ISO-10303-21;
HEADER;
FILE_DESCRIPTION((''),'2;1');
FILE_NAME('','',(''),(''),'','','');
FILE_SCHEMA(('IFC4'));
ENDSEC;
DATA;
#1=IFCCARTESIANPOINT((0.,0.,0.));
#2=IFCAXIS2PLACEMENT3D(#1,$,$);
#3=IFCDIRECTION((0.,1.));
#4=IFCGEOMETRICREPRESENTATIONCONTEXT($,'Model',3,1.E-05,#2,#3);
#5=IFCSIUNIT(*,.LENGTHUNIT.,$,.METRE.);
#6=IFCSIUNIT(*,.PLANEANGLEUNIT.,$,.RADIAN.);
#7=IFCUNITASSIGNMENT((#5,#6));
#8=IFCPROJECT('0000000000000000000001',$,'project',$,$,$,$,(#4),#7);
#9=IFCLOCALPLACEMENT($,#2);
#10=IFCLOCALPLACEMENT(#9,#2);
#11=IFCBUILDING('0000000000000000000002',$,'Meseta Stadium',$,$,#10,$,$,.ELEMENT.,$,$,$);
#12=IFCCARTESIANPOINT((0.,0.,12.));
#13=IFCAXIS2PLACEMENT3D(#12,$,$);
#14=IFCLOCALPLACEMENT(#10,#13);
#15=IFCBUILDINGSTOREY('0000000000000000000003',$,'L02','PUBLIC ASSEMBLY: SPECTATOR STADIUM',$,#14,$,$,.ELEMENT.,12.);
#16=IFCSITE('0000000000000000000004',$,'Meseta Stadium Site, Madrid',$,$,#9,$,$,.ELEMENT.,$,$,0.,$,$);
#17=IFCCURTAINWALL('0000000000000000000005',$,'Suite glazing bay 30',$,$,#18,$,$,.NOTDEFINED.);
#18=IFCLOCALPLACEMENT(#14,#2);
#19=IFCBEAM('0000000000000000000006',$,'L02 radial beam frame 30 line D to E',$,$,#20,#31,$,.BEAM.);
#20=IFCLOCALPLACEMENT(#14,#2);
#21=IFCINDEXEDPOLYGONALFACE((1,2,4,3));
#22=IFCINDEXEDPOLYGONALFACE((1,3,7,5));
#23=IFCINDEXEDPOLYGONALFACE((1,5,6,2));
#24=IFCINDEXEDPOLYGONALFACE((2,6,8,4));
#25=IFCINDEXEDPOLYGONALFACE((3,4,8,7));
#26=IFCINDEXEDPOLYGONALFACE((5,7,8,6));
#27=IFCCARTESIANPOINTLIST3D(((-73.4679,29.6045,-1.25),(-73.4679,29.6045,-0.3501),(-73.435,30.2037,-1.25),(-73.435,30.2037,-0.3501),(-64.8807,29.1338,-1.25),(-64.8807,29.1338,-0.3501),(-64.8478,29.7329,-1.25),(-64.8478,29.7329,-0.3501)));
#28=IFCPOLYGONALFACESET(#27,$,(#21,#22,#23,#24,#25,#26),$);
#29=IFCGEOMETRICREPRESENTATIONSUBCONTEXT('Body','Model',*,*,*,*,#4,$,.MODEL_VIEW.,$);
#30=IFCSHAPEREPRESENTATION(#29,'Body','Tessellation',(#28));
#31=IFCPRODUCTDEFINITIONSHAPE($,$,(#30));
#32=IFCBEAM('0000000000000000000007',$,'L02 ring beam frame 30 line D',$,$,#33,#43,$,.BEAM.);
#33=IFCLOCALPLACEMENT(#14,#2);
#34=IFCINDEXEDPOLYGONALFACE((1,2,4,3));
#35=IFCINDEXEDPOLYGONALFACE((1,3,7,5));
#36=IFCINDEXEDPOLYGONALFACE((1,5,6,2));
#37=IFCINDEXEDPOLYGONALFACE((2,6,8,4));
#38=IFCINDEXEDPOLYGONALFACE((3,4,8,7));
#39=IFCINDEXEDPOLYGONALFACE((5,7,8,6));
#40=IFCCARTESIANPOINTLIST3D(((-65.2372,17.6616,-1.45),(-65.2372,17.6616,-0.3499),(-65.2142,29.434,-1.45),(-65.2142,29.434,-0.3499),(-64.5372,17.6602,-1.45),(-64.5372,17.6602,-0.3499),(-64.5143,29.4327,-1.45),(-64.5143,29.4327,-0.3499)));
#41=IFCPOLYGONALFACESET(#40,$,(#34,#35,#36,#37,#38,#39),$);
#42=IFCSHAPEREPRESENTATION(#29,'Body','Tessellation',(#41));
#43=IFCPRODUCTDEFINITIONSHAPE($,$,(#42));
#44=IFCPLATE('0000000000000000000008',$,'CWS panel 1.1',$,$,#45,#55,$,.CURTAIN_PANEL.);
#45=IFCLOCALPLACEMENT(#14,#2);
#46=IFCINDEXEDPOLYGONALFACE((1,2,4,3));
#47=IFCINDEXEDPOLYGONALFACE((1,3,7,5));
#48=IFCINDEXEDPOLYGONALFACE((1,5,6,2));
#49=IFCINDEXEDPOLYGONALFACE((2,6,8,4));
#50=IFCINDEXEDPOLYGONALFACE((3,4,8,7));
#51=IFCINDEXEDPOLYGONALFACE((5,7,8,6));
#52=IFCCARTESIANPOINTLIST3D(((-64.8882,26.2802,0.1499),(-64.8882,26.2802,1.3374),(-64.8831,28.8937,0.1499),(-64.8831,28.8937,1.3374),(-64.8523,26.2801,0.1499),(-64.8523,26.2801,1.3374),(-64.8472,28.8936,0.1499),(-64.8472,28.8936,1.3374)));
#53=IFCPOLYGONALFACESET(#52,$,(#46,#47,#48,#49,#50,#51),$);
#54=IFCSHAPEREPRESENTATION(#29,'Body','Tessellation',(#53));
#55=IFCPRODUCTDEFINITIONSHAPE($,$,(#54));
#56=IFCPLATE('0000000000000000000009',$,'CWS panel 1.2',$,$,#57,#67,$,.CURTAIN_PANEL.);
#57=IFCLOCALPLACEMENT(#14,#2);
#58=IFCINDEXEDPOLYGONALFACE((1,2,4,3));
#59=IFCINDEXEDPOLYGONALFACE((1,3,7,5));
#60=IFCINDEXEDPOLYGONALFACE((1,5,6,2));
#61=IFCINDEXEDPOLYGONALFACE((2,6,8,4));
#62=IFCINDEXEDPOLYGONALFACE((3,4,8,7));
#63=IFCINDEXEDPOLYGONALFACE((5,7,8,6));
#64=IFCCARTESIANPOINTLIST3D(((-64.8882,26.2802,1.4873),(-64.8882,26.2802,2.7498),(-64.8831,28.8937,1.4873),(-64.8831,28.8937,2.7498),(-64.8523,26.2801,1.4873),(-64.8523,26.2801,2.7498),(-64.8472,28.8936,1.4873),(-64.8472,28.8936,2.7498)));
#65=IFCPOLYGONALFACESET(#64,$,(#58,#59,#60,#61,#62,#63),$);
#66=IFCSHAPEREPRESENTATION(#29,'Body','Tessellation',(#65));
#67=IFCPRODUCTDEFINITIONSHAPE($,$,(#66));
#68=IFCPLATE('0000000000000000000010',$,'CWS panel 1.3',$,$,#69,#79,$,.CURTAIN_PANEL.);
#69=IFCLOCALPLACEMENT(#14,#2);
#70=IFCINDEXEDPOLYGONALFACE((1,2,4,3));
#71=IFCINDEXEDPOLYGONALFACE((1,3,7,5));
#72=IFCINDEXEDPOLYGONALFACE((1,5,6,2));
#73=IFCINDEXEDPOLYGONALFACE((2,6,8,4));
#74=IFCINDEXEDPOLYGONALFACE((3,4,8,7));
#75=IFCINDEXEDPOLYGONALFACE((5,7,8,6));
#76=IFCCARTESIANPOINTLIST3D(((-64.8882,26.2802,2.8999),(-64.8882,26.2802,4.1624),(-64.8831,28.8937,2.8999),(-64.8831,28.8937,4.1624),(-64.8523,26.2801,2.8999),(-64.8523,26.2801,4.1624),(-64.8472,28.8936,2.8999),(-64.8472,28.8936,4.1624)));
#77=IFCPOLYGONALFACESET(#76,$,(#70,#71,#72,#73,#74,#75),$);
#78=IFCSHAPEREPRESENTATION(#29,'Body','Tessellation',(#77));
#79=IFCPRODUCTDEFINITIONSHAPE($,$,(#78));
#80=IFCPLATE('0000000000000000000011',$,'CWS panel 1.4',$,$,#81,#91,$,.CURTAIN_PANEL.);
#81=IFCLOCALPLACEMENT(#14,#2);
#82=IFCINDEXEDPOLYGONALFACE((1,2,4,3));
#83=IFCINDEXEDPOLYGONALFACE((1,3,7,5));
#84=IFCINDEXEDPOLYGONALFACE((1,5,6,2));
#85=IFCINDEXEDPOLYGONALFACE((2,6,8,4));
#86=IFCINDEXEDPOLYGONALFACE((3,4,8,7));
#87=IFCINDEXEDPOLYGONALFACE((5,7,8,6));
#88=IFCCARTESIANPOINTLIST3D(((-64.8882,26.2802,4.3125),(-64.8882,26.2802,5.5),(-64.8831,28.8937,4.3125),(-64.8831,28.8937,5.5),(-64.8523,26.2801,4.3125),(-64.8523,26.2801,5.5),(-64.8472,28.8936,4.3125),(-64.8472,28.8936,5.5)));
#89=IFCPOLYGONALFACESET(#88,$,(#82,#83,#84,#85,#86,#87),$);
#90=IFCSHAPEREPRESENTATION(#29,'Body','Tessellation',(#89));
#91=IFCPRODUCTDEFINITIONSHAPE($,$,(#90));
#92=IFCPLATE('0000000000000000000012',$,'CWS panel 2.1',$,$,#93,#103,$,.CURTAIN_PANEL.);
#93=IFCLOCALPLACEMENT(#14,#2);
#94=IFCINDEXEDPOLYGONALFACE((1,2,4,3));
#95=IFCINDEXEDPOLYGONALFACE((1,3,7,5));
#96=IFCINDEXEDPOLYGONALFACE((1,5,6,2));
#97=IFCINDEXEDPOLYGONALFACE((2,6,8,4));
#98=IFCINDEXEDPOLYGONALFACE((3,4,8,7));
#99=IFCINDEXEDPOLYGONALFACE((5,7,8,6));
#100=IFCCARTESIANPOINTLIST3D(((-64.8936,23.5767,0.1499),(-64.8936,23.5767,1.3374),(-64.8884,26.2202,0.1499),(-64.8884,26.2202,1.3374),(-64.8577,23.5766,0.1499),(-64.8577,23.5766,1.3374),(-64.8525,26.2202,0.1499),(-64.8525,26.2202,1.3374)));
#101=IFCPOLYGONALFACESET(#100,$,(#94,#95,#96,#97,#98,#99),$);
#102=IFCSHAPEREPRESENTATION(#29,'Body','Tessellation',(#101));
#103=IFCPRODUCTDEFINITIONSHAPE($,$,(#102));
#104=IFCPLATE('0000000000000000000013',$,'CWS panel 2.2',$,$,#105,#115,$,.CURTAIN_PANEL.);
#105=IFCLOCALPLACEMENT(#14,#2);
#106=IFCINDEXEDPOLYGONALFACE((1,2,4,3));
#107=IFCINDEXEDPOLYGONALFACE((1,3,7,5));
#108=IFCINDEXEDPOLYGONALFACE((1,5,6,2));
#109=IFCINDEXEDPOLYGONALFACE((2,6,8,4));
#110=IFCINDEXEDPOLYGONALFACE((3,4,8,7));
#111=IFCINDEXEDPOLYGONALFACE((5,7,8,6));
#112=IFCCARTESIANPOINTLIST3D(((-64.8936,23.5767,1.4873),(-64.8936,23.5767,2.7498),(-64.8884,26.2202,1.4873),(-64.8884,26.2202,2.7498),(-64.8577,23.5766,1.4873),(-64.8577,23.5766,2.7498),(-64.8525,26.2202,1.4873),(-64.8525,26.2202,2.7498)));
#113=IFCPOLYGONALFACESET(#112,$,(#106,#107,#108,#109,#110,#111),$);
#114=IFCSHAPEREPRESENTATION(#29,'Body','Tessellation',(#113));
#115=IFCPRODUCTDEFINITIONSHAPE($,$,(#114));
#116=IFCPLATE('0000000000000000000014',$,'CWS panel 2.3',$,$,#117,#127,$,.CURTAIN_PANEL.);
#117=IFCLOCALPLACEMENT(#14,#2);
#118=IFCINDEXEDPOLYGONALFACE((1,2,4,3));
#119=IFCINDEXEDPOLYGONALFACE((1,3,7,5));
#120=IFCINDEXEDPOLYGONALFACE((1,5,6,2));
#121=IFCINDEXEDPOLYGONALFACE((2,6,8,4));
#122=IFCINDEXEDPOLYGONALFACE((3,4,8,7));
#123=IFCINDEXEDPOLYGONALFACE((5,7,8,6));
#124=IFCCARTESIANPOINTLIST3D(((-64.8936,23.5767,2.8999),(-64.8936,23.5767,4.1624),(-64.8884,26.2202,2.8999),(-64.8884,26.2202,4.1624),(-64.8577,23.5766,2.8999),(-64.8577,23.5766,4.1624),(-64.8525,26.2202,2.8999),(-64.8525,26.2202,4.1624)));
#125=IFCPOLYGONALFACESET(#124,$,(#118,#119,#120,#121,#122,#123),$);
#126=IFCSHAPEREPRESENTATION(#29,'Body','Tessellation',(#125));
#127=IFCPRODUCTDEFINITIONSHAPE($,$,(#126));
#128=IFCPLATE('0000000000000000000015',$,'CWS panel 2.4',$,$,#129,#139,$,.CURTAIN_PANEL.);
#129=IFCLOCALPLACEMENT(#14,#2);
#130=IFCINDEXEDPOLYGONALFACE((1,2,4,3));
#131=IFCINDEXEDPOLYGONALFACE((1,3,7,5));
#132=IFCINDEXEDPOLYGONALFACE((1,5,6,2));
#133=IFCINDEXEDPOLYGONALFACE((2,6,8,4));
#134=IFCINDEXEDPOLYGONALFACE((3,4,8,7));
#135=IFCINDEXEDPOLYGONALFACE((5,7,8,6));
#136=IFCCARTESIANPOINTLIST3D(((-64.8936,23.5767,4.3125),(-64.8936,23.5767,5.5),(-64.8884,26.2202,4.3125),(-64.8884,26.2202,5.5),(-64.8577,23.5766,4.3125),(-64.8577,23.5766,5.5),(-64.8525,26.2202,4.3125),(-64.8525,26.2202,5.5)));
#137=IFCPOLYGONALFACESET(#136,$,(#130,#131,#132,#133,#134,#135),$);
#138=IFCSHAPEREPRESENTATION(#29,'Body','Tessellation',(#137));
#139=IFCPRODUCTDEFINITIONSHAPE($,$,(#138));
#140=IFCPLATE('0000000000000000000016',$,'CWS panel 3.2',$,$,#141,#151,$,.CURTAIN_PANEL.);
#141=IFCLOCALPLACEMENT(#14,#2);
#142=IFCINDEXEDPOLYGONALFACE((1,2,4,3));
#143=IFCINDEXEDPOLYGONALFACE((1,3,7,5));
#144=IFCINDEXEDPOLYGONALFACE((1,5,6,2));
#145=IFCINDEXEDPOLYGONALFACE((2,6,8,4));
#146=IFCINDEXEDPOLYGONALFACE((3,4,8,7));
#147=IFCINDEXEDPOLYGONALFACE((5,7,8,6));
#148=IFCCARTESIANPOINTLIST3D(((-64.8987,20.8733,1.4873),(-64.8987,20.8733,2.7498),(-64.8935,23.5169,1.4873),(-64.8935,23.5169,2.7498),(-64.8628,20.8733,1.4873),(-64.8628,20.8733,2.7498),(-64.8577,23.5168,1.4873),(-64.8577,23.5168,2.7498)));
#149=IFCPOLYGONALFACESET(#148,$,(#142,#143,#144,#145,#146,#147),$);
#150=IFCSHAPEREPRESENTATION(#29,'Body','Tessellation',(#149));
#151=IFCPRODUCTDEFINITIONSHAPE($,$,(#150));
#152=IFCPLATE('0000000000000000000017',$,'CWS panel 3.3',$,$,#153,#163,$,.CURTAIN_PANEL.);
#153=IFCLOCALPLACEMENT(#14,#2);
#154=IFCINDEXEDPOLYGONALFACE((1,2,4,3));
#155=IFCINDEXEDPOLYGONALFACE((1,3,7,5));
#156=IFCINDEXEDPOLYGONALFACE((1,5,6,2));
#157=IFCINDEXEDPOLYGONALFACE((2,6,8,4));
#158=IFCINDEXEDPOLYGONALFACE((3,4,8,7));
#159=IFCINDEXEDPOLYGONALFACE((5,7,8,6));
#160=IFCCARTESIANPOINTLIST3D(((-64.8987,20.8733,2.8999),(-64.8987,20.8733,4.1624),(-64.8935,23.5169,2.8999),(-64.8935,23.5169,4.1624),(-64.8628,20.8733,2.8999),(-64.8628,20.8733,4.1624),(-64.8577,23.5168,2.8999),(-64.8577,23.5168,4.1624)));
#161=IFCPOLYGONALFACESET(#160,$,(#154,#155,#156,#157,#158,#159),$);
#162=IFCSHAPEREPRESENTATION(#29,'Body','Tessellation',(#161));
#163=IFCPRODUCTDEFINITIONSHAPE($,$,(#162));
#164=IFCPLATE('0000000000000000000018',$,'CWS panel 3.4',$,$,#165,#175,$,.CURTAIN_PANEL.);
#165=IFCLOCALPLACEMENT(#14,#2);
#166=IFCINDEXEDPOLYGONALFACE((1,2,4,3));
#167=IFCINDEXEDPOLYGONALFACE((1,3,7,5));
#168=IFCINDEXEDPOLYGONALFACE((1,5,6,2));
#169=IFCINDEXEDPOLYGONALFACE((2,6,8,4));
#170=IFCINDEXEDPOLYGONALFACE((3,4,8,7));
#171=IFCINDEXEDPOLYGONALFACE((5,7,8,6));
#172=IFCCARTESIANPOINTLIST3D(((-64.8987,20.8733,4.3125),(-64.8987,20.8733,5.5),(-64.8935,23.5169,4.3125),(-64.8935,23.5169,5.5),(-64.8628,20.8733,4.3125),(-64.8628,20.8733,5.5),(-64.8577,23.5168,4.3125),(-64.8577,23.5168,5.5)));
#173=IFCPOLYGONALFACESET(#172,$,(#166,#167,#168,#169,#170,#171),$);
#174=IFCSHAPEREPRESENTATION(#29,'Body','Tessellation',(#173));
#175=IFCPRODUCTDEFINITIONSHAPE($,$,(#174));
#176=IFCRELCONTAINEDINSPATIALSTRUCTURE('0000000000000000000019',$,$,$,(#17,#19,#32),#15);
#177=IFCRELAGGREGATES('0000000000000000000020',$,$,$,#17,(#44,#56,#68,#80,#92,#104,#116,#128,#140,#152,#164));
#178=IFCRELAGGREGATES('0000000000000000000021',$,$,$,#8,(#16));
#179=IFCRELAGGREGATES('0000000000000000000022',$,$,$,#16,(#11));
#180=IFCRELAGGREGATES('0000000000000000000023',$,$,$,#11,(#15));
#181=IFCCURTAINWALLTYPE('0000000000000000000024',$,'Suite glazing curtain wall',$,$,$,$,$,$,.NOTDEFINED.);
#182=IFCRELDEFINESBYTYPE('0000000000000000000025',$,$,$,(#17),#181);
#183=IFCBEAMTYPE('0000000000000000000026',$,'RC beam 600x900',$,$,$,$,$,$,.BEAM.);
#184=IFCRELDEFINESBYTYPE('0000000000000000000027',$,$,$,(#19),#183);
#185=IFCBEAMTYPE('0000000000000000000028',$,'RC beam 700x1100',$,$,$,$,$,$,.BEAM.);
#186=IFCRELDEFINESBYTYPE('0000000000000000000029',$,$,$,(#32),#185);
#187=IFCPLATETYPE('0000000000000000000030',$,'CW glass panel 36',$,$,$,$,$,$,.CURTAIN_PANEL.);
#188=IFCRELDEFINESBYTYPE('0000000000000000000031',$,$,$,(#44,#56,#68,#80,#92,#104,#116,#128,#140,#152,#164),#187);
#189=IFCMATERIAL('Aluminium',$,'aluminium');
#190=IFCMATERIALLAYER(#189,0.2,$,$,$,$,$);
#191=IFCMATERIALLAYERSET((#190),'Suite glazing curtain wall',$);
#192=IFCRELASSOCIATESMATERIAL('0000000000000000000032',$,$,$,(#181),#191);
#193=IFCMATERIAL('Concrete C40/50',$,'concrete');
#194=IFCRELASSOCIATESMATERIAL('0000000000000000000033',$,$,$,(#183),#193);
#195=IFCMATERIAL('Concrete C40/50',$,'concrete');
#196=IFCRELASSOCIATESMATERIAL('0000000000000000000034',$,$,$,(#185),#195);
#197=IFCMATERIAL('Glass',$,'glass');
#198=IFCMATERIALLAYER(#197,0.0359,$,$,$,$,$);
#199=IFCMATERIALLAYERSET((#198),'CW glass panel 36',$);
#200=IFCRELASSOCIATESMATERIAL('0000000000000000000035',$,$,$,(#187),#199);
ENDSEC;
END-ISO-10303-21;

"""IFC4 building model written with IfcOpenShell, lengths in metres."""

from ifc_helpers import new_model, si_unit, direction, frame, origin, origin_2d, place, context, subcontext, project, spatial, rectangle, extrude, material, layer, layer_set, material_profile, profile_set, type_object, element, aggregate, save


model = new_model("IFC4")

# Units and contexts
model_context = context("Model", 3, precision=1e-05, world=origin(), true_north=direction((0.0, 1.0)))
body_context = subcontext(model_context, "Body", "Model", "MODEL_VIEW")
ifc_project = project(units=[si_unit("LENGTHUNIT", "METRE"), si_unit("PLANEANGLEUNIT", "RADIAN")], contexts=[model_context])

# Site, building, storey
site_placement = place(None, origin())
site = spatial("IfcSite", under=ifc_project, at=site_placement, Name="Meseta Stadium Site, Madrid", CompositionType="ELEMENT", RefElevation=0.0)
building_placement = place(site_placement, origin())
building = spatial("IfcBuilding", under=site, at=building_placement, Name="Meseta Stadium", CompositionType="ELEMENT")
storey_placement = place(building_placement, frame((0.0, 0.0, 12.0)))
storey = spatial("IfcBuildingStorey", under=building, at=storey_placement, Name="L02", Description="PUBLIC ASSEMBLY: SPECTATOR STADIUM", CompositionType="ELEMENT", Elevation=12.0)

# Curtain wall
ifc_material_1 = material(Name="Aluminium", Category="aluminium")
ifc_layer_1 = layer(ifc_material_1, 0.2)
ifc_layer_set_1 = layer_set([ifc_layer_1], Name="Suite glazing curtain wall")
curtain_wall_type = type_object("IfcCurtainWallType", Name="Suite glazing curtain wall", PredefinedType="NOTDEFINED", material=ifc_layer_set_1)
curtain_wall_placement = place(storey_placement, origin())
curtain_wall = element("IfcCurtainWall", 1, at=curtain_wall_placement, inside=storey, type_object=curtain_wall_type, Name="Suite glazing bay 30", PredefinedType="NOTDEFINED")

# Beams
ifc_material_2 = material(Name="Concrete C40/50", Category="concrete")
ifc_material_profile_1 = material_profile(ifc_material_2, rectangle(XDim=0.6001, YDim=0.8999, at=origin_2d()), Name="RC 600x900")
ifc_profile_set_1 = profile_set([ifc_material_profile_1], Name="Concrete C40/50")
beam_type_1 = type_object("IfcBeamType", Name="RC beam 600x900", PredefinedType="BEAM", material=ifc_profile_set_1)
beam_1_placement = place(storey_placement, frame((-64.8643, 29.4333, -0.8), z_axis=(-0.998501, 0.054733, 0.0), x_axis=(-0.054733, -0.998501, 0.0)))
element("IfcBeam", 2, at=beam_1_placement, inside=storey, type_object=beam_type_1, Name="L02 radial beam frame 30 line D to E", PredefinedType="BEAM", context=body_context, shape_type="SweptSolid", body=[
    extrude(rectangle(XDim=0.6001, YDim=0.8999, at=origin_2d()), origin(), (0.0, 0.0, 1.0), 8.6001),
])
ifc_material_3 = material(Name="Concrete C40/50", Category="concrete")
ifc_material_profile_2 = material_profile(ifc_material_3, rectangle(XDim=0.7, YDim=1.1001, at=origin_2d()), Name="RC 700x1100")
ifc_profile_set_2 = profile_set([ifc_material_profile_2], Name="Concrete C40/50")
beam_type_2 = type_object("IfcBeamType", Name="RC beam 700x1100", PredefinedType="BEAM", material=ifc_profile_set_2)
beam_2_placement = place(storey_placement, frame((-64.8643, 29.4333, -0.8999), z_axis=(-0.001949, -0.999998, 0.0), x_axis=(0.999998, -0.001949, 0.0)))
element("IfcBeam", 3, at=beam_2_placement, inside=storey, type_object=beam_type_2, Name="L02 ring beam frame 30 line D", PredefinedType="BEAM", context=body_context, shape_type="SweptSolid", body=[
    extrude(rectangle(XDim=0.7, YDim=1.1001, at=origin_2d()), origin(), (0.0, 0.0, 1.0), 11.7725),
])

# Plates
ifc_material_4 = material(Name="Glass", Category="glass")
ifc_layer_2 = layer(ifc_material_4, 0.0359)
ifc_layer_set_2 = layer_set([ifc_layer_2], Name="CW glass panel 36")
plate_type = type_object("IfcPlateType", Name="CW glass panel 36", PredefinedType="CURTAIN_PANEL", material=ifc_layer_set_2)
plate_1_placement = place(storey_placement, frame((-64.8677, 27.5869, 0.1499), z_axis=(0.0, 0.0, 1.0), x_axis=(-0.001947, -0.999998, 0.0)))
plate_1 = element("IfcPlate", 4, at=plate_1_placement, type_object=plate_type, Name="CWS panel 1.1", PredefinedType="CURTAIN_PANEL", context=body_context, shape_type="SweptSolid", body=[
    extrude(rectangle(XDim=2.6135, YDim=0.0359, at=origin_2d()), origin(), (0.0, 0.0, 1.0), 1.1875),
])
plate_2_placement = place(storey_placement, frame((-64.8677, 27.5869, 1.4873), z_axis=(0.0, 0.0, 1.0), x_axis=(-0.001947, -0.999998, 0.0)))
plate_2 = element("IfcPlate", 5, at=plate_2_placement, type_object=plate_type, Name="CWS panel 1.2", PredefinedType="CURTAIN_PANEL", context=body_context, shape_type="SweptSolid", body=[
    extrude(rectangle(XDim=2.6135, YDim=0.0359, at=origin_2d()), origin(), (0.0, 0.0, 1.0), 1.2625),
])
plate_3_placement = place(storey_placement, frame((-64.8677, 27.5869, 2.8999), z_axis=(0.0, 0.0, 1.0), x_axis=(-0.001947, -0.999998, 0.0)))
plate_3 = element("IfcPlate", 6, at=plate_3_placement, type_object=plate_type, Name="CWS panel 1.3", PredefinedType="CURTAIN_PANEL", context=body_context, shape_type="SweptSolid", body=[
    extrude(rectangle(XDim=2.6135, YDim=0.0359, at=origin_2d()), origin(), (0.0, 0.0, 1.0), 1.2625),
])
plate_4_placement = place(storey_placement, frame((-64.8677, 27.5869, 4.3125), z_axis=(0.0, 0.0, 1.0), x_axis=(-0.001947, -0.999998, 0.0)))
plate_4 = element("IfcPlate", 7, at=plate_4_placement, type_object=plate_type, Name="CWS panel 1.4", PredefinedType="CURTAIN_PANEL", context=body_context, shape_type="SweptSolid", body=[
    extrude(rectangle(XDim=2.6135, YDim=0.0359, at=origin_2d()), origin(), (0.0, 0.0, 1.0), 1.1875),
])
plate_5_placement = place(storey_placement, frame((-64.873, 24.8984, 0.1499), z_axis=(0.0, 0.0, 1.0), x_axis=(-0.001947, -0.999998, 0.0)))
plate_5 = element("IfcPlate", 8, at=plate_5_placement, type_object=plate_type, Name="CWS panel 2.1", PredefinedType="CURTAIN_PANEL", context=body_context, shape_type="SweptSolid", body=[
    extrude(rectangle(XDim=2.6436, YDim=0.0359, at=origin_2d()), origin(), (0.0, 0.0, 1.0), 1.1875),
])
plate_6_placement = place(storey_placement, frame((-64.873, 24.8984, 1.4873), z_axis=(0.0, 0.0, 1.0), x_axis=(-0.001947, -0.999998, 0.0)))
plate_6 = element("IfcPlate", 9, at=plate_6_placement, type_object=plate_type, Name="CWS panel 2.2", PredefinedType="CURTAIN_PANEL", context=body_context, shape_type="SweptSolid", body=[
    extrude(rectangle(XDim=2.6436, YDim=0.0359, at=origin_2d()), origin(), (0.0, 0.0, 1.0), 1.2625),
])
plate_7_placement = place(storey_placement, frame((-64.873, 24.8984, 2.8999), z_axis=(0.0, 0.0, 1.0), x_axis=(-0.001947, -0.999998, 0.0)))
plate_7 = element("IfcPlate", 10, at=plate_7_placement, type_object=plate_type, Name="CWS panel 2.3", PredefinedType="CURTAIN_PANEL", context=body_context, shape_type="SweptSolid", body=[
    extrude(rectangle(XDim=2.6436, YDim=0.0359, at=origin_2d()), origin(), (0.0, 0.0, 1.0), 1.2625),
])
plate_8_placement = place(storey_placement, frame((-64.873, 24.8984, 4.3125), z_axis=(0.0, 0.0, 1.0), x_axis=(-0.001947, -0.999998, 0.0)))
plate_8 = element("IfcPlate", 11, at=plate_8_placement, type_object=plate_type, Name="CWS panel 2.4", PredefinedType="CURTAIN_PANEL", context=body_context, shape_type="SweptSolid", body=[
    extrude(rectangle(XDim=2.6436, YDim=0.0359, at=origin_2d()), origin(), (0.0, 0.0, 1.0), 1.1875),
])
plate_9_placement = place(storey_placement, frame((-64.8782, 22.1951, 1.4873), z_axis=(0.0, 0.0, 1.0), x_axis=(-0.001947, -0.999998, 0.0)))
plate_9 = element("IfcPlate", 12, at=plate_9_placement, type_object=plate_type, Name="CWS panel 3.2", PredefinedType="CURTAIN_PANEL", context=body_context, shape_type="SweptSolid", body=[
    extrude(rectangle(XDim=2.6436, YDim=0.0359, at=origin_2d()), origin(), (0.0, 0.0, 1.0), 1.2625),
])
plate_10_placement = place(storey_placement, frame((-64.8782, 22.1951, 2.8999), z_axis=(0.0, 0.0, 1.0), x_axis=(-0.001947, -0.999998, 0.0)))
plate_10 = element("IfcPlate", 13, at=plate_10_placement, type_object=plate_type, Name="CWS panel 3.3", PredefinedType="CURTAIN_PANEL", context=body_context, shape_type="SweptSolid", body=[
    extrude(rectangle(XDim=2.6436, YDim=0.0359, at=origin_2d()), origin(), (0.0, 0.0, 1.0), 1.2625),
])
plate_11_placement = place(storey_placement, frame((-64.8782, 22.1951, 4.3125), z_axis=(0.0, 0.0, 1.0), x_axis=(-0.001947, -0.999998, 0.0)))
plate_11 = element("IfcPlate", 14, at=plate_11_placement, type_object=plate_type, Name="CWS panel 3.4", PredefinedType="CURTAIN_PANEL", context=body_context, shape_type="SweptSolid", body=[
    extrude(rectangle(XDim=2.6436, YDim=0.0359, at=origin_2d()), origin(), (0.0, 0.0, 1.0), 1.1875),
])
aggregate(curtain_wall, [plate_1, plate_2, plate_3, plate_4, plate_5, plate_6, plate_7, plate_8, plate_9, plate_10, plate_11])

save(model, "model.ifc")
